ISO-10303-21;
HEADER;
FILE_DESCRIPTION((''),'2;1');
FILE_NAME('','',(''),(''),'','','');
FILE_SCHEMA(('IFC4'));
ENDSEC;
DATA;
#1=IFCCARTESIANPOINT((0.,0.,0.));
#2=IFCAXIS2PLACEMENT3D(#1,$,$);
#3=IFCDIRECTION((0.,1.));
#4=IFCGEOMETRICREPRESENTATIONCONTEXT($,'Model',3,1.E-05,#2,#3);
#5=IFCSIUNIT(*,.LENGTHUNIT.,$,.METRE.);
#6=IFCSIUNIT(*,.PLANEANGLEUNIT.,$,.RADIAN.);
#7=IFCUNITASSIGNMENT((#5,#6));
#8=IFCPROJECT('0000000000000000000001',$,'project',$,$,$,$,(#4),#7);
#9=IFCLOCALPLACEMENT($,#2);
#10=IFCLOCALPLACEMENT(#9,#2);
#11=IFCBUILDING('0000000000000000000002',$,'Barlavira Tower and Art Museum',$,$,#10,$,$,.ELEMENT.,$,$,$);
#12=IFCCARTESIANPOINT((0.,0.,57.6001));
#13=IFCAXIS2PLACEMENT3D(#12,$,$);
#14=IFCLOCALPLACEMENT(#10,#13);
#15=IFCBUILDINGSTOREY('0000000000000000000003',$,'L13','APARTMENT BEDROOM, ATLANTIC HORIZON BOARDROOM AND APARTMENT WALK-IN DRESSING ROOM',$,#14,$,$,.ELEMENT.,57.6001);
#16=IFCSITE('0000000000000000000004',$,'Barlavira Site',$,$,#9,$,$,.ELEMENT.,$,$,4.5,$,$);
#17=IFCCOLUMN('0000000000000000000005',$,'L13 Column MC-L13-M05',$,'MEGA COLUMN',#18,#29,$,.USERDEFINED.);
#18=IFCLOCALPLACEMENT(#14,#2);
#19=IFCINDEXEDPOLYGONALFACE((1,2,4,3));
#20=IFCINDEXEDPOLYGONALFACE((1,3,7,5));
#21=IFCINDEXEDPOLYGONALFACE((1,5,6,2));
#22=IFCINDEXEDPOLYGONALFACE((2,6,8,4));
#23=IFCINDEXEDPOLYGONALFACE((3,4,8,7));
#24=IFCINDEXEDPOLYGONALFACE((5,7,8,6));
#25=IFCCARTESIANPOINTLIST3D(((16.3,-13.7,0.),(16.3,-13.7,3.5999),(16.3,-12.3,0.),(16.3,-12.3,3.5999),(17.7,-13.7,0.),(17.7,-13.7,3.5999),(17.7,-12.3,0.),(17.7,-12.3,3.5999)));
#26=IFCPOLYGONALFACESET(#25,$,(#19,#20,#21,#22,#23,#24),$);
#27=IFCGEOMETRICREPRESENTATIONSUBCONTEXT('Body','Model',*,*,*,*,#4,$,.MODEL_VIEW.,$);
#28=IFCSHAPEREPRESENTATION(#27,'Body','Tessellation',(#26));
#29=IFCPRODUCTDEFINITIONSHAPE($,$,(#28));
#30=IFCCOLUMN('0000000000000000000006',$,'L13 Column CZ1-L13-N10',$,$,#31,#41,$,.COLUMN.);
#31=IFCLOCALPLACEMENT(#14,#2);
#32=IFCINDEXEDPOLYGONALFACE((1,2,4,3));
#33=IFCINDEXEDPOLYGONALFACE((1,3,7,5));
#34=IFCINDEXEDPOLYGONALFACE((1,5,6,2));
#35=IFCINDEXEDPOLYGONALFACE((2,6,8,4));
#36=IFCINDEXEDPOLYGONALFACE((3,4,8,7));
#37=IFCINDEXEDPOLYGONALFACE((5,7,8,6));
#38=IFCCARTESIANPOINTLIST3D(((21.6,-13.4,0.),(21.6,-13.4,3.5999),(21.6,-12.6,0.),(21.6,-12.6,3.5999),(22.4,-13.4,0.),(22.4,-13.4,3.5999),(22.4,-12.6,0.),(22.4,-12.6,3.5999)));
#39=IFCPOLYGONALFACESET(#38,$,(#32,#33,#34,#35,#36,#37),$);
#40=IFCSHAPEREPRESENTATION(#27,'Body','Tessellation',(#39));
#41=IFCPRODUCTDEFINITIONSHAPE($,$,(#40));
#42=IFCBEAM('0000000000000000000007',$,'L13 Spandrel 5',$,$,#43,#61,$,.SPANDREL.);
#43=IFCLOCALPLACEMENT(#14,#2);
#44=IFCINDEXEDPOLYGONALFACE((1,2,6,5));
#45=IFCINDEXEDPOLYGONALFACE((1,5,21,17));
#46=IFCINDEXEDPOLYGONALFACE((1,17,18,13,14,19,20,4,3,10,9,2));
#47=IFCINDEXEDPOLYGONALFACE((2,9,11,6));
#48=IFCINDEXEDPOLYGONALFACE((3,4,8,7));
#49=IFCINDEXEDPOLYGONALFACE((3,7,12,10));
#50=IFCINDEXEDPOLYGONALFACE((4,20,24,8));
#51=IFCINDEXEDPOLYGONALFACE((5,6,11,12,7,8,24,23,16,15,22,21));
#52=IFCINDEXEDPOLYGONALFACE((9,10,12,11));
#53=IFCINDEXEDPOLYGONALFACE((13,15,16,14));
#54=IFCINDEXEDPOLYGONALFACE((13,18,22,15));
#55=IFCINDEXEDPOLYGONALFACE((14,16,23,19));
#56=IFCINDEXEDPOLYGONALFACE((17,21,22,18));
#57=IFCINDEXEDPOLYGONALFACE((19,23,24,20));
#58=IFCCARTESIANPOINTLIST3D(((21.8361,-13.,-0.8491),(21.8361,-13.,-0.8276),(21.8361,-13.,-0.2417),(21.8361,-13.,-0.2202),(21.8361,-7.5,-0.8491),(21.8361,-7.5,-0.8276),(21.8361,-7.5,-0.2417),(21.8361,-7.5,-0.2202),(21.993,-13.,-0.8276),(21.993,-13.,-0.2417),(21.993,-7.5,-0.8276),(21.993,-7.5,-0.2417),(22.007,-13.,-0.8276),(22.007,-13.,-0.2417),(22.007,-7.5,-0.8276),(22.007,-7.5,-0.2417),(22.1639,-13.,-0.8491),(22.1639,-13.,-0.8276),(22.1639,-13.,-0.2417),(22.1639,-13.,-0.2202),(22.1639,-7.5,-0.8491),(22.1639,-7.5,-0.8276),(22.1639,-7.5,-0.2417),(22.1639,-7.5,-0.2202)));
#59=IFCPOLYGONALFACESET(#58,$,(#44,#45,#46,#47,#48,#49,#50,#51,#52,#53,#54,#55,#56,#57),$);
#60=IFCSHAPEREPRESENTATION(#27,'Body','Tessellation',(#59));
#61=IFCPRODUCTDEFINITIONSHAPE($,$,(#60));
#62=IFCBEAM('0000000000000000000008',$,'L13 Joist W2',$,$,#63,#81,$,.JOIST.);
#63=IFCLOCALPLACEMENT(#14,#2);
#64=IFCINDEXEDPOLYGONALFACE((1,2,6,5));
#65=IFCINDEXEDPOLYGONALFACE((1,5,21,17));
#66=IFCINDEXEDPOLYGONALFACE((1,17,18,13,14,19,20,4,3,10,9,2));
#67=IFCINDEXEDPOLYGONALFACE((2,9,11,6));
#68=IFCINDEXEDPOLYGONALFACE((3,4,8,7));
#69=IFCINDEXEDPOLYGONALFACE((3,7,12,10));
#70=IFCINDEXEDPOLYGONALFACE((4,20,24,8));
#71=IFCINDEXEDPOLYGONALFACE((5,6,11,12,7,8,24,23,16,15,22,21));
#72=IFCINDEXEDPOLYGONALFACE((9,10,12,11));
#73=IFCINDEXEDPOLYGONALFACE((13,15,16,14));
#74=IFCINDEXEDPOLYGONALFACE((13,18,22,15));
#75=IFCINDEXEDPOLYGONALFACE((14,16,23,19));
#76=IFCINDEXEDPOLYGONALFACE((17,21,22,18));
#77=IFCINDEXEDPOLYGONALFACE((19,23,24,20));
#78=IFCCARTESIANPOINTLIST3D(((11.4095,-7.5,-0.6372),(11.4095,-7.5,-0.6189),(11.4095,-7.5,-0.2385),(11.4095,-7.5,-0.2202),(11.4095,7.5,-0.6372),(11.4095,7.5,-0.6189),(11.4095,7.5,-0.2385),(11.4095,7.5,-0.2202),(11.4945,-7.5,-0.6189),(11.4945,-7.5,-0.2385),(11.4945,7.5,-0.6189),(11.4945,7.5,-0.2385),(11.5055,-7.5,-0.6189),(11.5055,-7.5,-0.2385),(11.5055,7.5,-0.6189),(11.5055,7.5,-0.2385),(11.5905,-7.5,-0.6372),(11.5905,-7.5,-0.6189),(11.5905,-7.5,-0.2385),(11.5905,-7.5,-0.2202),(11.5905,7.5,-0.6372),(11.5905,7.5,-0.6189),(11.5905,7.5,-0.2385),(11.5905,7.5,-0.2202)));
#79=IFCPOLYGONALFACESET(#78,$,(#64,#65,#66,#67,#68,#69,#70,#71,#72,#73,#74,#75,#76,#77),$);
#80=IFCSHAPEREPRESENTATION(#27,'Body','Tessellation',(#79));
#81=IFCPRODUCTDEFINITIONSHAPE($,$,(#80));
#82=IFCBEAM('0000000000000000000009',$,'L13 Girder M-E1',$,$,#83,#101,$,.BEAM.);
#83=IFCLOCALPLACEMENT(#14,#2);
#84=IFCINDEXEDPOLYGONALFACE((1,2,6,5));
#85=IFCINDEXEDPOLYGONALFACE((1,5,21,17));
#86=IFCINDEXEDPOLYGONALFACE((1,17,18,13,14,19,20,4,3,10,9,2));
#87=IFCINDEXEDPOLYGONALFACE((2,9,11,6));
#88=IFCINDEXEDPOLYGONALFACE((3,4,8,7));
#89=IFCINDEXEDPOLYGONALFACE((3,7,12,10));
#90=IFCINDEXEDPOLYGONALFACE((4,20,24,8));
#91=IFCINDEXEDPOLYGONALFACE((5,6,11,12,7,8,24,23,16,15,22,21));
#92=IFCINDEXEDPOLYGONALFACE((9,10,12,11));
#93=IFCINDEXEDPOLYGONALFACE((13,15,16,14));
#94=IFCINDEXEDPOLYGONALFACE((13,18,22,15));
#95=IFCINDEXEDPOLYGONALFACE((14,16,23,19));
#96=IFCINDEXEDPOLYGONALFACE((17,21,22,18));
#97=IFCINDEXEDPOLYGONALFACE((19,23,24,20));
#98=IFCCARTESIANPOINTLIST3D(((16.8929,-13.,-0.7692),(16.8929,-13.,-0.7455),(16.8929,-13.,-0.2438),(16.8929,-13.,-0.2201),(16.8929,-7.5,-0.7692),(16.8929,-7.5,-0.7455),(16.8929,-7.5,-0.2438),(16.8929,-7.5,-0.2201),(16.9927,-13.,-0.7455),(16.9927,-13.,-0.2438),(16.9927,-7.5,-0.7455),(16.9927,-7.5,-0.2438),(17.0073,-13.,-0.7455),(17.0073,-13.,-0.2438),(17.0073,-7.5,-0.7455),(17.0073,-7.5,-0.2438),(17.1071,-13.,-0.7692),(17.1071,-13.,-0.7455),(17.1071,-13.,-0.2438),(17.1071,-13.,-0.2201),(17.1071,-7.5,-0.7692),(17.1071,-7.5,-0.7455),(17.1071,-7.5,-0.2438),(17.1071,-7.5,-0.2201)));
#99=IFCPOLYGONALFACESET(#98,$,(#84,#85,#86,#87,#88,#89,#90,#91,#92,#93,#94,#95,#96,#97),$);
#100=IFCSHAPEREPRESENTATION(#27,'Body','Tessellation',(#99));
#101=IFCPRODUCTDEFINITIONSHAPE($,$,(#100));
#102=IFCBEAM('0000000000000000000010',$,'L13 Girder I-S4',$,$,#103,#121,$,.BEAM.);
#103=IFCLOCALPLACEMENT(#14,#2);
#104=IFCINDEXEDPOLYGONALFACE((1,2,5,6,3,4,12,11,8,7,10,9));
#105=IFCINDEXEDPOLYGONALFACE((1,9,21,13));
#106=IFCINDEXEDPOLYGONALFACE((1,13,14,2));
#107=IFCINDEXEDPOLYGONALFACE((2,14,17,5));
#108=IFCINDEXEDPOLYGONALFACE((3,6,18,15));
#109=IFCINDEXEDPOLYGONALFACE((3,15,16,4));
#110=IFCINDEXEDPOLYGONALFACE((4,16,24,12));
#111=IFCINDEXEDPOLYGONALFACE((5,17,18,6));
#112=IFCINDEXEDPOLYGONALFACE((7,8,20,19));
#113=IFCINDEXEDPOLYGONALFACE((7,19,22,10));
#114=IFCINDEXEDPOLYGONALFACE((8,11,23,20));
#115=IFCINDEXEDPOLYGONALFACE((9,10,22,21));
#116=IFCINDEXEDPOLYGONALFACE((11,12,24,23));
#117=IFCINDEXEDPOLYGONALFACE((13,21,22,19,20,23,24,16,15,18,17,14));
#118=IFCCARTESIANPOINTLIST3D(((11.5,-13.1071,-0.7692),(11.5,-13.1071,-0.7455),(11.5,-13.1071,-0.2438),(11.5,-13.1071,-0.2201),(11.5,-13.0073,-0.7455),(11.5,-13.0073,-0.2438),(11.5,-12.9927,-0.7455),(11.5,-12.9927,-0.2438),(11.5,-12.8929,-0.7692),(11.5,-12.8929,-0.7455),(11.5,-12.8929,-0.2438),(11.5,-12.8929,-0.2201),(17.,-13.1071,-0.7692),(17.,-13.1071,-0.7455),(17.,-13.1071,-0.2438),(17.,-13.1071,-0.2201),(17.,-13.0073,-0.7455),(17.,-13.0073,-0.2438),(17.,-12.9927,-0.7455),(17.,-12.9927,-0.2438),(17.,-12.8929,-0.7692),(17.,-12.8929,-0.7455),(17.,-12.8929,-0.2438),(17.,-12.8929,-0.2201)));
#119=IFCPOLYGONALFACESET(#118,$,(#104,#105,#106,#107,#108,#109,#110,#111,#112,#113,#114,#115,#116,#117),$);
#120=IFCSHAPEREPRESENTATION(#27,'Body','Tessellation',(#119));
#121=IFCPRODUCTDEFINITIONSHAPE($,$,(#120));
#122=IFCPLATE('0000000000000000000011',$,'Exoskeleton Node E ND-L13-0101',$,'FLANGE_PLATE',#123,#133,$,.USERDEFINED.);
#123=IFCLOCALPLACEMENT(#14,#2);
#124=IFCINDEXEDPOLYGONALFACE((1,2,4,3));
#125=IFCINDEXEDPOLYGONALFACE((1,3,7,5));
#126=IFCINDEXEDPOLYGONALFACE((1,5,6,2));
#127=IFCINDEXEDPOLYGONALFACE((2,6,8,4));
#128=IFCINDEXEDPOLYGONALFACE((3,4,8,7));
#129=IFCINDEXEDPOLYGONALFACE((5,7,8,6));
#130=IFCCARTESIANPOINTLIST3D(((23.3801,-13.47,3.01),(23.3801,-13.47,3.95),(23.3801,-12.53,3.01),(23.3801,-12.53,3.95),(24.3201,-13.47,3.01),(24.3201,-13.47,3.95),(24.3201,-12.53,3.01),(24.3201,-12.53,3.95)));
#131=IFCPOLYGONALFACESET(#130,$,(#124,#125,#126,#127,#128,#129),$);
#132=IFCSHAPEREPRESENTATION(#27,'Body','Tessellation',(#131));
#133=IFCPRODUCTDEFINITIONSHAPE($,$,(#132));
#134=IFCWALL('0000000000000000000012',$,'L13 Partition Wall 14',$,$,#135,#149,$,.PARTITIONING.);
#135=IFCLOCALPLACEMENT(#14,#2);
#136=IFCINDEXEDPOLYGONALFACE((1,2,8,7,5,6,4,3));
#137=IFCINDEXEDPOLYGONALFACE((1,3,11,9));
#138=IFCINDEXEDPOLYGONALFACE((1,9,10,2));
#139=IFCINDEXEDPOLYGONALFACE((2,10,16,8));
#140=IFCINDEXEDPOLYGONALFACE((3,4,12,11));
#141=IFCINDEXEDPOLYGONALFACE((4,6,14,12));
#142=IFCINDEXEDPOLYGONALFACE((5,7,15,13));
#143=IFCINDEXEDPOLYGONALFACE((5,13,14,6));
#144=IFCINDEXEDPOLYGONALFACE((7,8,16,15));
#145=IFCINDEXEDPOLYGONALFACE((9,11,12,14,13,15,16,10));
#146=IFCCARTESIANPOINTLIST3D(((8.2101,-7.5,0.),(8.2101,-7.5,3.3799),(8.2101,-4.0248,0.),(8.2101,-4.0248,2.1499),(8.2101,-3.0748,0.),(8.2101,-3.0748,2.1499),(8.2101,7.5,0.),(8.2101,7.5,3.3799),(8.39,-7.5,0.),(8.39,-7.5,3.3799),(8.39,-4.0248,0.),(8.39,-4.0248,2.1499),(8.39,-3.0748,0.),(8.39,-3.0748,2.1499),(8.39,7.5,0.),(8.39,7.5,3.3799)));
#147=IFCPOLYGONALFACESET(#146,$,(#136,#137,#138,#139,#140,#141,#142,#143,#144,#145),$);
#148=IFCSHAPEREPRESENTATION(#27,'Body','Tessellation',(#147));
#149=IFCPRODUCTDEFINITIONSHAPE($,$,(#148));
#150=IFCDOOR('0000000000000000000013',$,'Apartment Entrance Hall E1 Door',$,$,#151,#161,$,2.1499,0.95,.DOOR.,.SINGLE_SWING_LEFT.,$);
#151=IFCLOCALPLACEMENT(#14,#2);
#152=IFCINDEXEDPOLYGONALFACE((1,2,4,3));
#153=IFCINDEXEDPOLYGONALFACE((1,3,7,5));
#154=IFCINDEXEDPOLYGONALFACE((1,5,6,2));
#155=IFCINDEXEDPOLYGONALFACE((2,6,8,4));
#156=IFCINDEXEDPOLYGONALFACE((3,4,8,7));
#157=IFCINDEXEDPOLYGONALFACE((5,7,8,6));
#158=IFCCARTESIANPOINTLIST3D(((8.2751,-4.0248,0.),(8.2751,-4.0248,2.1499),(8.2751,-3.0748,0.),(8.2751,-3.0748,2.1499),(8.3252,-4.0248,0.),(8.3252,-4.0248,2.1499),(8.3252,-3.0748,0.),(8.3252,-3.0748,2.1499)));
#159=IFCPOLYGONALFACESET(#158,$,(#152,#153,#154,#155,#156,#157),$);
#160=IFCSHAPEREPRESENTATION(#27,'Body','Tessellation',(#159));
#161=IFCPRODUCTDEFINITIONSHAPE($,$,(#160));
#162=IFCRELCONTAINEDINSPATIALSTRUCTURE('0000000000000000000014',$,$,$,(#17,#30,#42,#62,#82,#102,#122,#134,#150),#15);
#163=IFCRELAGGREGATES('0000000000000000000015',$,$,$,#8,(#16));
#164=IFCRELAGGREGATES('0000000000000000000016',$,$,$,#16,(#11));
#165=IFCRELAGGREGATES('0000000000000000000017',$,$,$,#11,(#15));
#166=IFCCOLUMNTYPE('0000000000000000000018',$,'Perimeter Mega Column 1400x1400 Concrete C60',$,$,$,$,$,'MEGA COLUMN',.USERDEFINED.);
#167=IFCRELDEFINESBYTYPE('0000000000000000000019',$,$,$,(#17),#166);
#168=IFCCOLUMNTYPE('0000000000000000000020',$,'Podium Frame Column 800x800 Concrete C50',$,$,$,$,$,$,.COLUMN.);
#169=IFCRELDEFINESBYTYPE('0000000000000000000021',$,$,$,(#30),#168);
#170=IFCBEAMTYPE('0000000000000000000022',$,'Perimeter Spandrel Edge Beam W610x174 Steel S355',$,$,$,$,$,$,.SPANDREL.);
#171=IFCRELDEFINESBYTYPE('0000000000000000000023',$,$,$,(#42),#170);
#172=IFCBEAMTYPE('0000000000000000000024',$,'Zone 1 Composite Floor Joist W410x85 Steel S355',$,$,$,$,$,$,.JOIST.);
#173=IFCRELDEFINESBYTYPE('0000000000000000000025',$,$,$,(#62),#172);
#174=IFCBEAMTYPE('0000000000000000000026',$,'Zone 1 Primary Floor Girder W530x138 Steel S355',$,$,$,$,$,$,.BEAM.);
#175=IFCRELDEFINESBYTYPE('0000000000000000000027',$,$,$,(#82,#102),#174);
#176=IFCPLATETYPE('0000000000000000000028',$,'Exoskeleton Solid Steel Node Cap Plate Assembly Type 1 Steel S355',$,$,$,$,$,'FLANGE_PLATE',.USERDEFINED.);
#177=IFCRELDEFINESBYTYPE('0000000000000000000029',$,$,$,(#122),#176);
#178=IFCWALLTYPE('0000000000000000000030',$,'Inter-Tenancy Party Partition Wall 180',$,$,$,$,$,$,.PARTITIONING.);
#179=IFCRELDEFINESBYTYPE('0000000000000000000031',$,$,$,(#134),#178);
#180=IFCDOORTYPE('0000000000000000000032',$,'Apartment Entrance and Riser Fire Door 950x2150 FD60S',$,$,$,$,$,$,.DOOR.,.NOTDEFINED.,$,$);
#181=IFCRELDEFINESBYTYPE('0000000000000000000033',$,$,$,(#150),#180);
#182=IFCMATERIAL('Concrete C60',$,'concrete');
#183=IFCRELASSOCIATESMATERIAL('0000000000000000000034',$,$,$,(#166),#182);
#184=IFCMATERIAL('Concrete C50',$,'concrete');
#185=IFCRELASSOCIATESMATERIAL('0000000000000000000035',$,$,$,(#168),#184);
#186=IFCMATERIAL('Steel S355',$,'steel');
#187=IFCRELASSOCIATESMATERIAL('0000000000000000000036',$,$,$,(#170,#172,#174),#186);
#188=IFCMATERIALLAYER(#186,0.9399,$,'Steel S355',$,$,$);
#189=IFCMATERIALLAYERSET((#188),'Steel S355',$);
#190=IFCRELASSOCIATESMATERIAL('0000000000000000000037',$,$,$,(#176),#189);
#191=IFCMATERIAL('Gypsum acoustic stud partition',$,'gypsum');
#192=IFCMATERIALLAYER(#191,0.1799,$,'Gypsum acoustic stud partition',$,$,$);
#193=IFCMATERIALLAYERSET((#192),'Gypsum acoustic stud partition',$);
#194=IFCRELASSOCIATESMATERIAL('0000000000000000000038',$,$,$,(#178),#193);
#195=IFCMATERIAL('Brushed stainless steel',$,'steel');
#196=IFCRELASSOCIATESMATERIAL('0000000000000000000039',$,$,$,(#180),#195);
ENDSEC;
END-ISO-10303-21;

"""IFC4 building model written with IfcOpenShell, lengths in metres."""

from ifc_helpers import new_model, si_unit, direction, frame, frame_2d, origin, origin_2d, place, context, subcontext, project, spatial, rectangle, i_section, extrude, material, layer, layer_set, material_profile, profile_set, type_object, element, fill, save


model = new_model("IFC4")

# Units and contexts
model_context = context("Model", 3, precision=1e-05, world=origin(), true_north=direction((0.0, 1.0)))
body_context = subcontext(model_context, "Body", "Model", "MODEL_VIEW")
ifc_project = project(units=[si_unit("LENGTHUNIT", "METRE"), si_unit("PLANEANGLEUNIT", "RADIAN")], contexts=[model_context])

# Site, building, storey
site_placement = place(None, origin())
site = spatial("IfcSite", under=ifc_project, at=site_placement, Name="Barlavira Site", CompositionType="ELEMENT", RefElevation=4.5)
building_placement = place(site_placement, origin())
building = spatial("IfcBuilding", under=site, at=building_placement, Name="Barlavira Tower and Art Museum", CompositionType="ELEMENT")
storey_placement = place(building_placement, frame((0.0, 0.0, 57.6001)))
storey = spatial("IfcBuildingStorey", under=building, at=storey_placement, Name="L13", Description="APARTMENT BEDROOM, ATLANTIC HORIZON BOARDROOM AND APARTMENT WALK-IN DRESSING ROOM", CompositionType="ELEMENT", Elevation=57.6001)

# Columns
ifc_material_1 = material(Name="Concrete C60", Category="concrete")
ifc_material_profile_1 = material_profile(ifc_material_1, rectangle(XDim=1.3999, YDim=1.3999, at=origin_2d()), Name="RC-MCOL 1400x1400")
ifc_profile_set_1 = profile_set([ifc_material_profile_1], Name="Concrete C60")
column_type_1 = type_object("IfcColumnType", Name="Perimeter Mega Column 1400x1400 Concrete C60", ElementType="MEGA COLUMN", PredefinedType="USERDEFINED", material=ifc_profile_set_1)
column_1_placement = place(storey_placement, frame((17.0, -13.0, 0.0), z_axis=(0.0, 0.0, 1.0), x_axis=(1.0, 0.0, 0.0)))
element("IfcColumn", 1, at=column_1_placement, inside=storey, type_object=column_type_1, Name="L13 Column MC-L13-M05", ObjectType="MEGA COLUMN", PredefinedType="USERDEFINED", context=body_context, shape_type="SweptSolid", body=[
    extrude(rectangle(XDim=1.3999, YDim=1.3999, at=origin_2d()), origin(), (0.0, 0.0, 1.0), 3.5999),
])
ifc_material_2 = material(Name="Concrete C50", Category="concrete")
ifc_material_profile_2 = material_profile(ifc_material_2, rectangle(XDim=0.8, YDim=0.8, at=origin_2d()), Name="RC-COL 800x800")
ifc_profile_set_2 = profile_set([ifc_material_profile_2], Name="Concrete C50")
column_type_2 = type_object("IfcColumnType", Name="Podium Frame Column 800x800 Concrete C50", PredefinedType="COLUMN", material=ifc_profile_set_2)
column_2_placement = place(storey_placement, frame((22.0, -13.0, 0.0), z_axis=(0.0, 0.0, 1.0), x_axis=(1.0, 0.0, 0.0)))
element("IfcColumn", 2, at=column_2_placement, inside=storey, type_object=column_type_2, Name="L13 Column CZ1-L13-N10", PredefinedType="COLUMN", context=body_context, shape_type="SweptSolid", body=[
    extrude(rectangle(XDim=0.8, YDim=0.8, at=origin_2d()), origin(), (0.0, 0.0, 1.0), 3.5999),
])

# Beams
ifc_material_3 = material(Name="Steel S355", Category="steel")
ifc_material_profile_3 = material_profile(ifc_material_3, i_section(OverallWidth=0.3279, OverallDepth=0.6289, WebThickness=0.0139, FlangeThickness=0.0215, at=origin_2d()), Name="W610x174.0")
ifc_profile_set_3 = profile_set([ifc_material_profile_3], Name="Steel S355")
beam_type_1 = type_object("IfcBeamType", Name="Perimeter Spandrel Edge Beam W610x174 Steel S355", PredefinedType="SPANDREL", material=ifc_profile_set_3)
beam_1_placement = place(storey_placement, frame((22.0, -13.0, -0.5347), z_axis=(0.0, 1.0, 0.0), x_axis=(-1.0, 0.0, 0.0)))
element("IfcBeam", 3, at=beam_1_placement, inside=storey, type_object=beam_type_1, Name="L13 Spandrel 5", PredefinedType="SPANDREL", context=body_context, shape_type="SweptSolid", body=[
    extrude(i_section(OverallWidth=0.3279, OverallDepth=0.6289, WebThickness=0.0139, FlangeThickness=0.0215, at=origin_2d()), origin(), (0.0, 0.0, 1.0), 5.5),
])
ifc_material_profile_4 = material_profile(ifc_material_3, i_section(OverallWidth=0.1809, OverallDepth=0.417, WebThickness=0.011, FlangeThickness=0.0183, at=origin_2d()), Name="W410x85.0")
ifc_profile_set_4 = profile_set([ifc_material_profile_4], Name="Steel S355")
beam_type_2 = type_object("IfcBeamType", Name="Zone 1 Composite Floor Joist W410x85 Steel S355", PredefinedType="JOIST", material=ifc_profile_set_4)
beam_2_placement = place(storey_placement, frame((11.5, -7.5, -0.4287), z_axis=(0.0, 1.0, 0.0), x_axis=(-1.0, 0.0, 0.0)))
element("IfcBeam", 4, at=beam_2_placement, inside=storey, type_object=beam_type_2, Name="L13 Joist W2", PredefinedType="JOIST", context=body_context, shape_type="SweptSolid", body=[
    extrude(i_section(OverallWidth=0.1809, OverallDepth=0.417, WebThickness=0.011, FlangeThickness=0.0183, at=origin_2d()), origin(), (0.0, 0.0, 1.0), 15.0),
])
ifc_material_profile_5 = material_profile(ifc_material_3, i_section(OverallWidth=0.2141, OverallDepth=0.5491, WebThickness=0.0146, FlangeThickness=0.0237, at=origin_2d()), Name="W530x138.0")
ifc_profile_set_5 = profile_set([ifc_material_profile_5], Name="Steel S355")
beam_type_3 = type_object("IfcBeamType", Name="Zone 1 Primary Floor Girder W530x138 Steel S355", PredefinedType="BEAM", material=ifc_profile_set_5)
for number, where, z_axis, x_axis, name in (
    (5, (17.0, -13.0, -0.4946), (0.0, 1.0, 0.0), (-1.0, 0.0, 0.0), "L13 Girder M-E1"),
    (6, (11.5, -13.0, -0.4946), (1.0, 0.0, 0.0), (0.0, 1.0, 0.0), "L13 Girder I-S4"),
):
    element("IfcBeam", number, at=place(storey_placement, frame(where, z_axis=z_axis, x_axis=x_axis)), inside=storey, type_object=beam_type_3, Name=name, PredefinedType="BEAM", context=body_context, shape_type="SweptSolid", body=[
        extrude(i_section(OverallWidth=0.2141, OverallDepth=0.5491, WebThickness=0.0146, FlangeThickness=0.0237, at=origin_2d()), origin(), (0.0, 0.0, 1.0), 5.5),
    ])

# Plate
ifc_layer_1 = layer(ifc_material_3, 0.9399, Name="Steel S355")
ifc_layer_set_1 = layer_set([ifc_layer_1], Name="Steel S355")
plate_type = type_object("IfcPlateType", Name="Exoskeleton Solid Steel Node Cap Plate Assembly Type 1 Steel S355", ElementType="FLANGE_PLATE", PredefinedType="USERDEFINED", material=ifc_layer_set_1)
plate_placement = place(storey_placement, frame((23.8501, -13.0, 3.01), z_axis=(0.0, 0.0, 1.0), x_axis=(1.0, 0.0, 0.0)))
element("IfcPlate", 7, at=plate_placement, inside=storey, type_object=plate_type, Name="Exoskeleton Node E ND-L13-0101", ObjectType="FLANGE_PLATE", PredefinedType="USERDEFINED", context=body_context, shape_type="SweptSolid", body=[
    extrude(rectangle(XDim=0.9399, YDim=0.9399, at=origin_2d()), origin(), (0.0, 0.0, 1.0), 0.9399),
])

# Wall, opening, door
ifc_material_4 = material(Name="Gypsum acoustic stud partition", Category="gypsum")
ifc_layer_2 = layer(ifc_material_4, 0.1799, Name="Gypsum acoustic stud partition")
ifc_layer_set_2 = layer_set([ifc_layer_2], Name="Gypsum acoustic stud partition")
wall_type_1 = type_object("IfcWallType", Name="Inter-Tenancy Party Partition Wall 180", PredefinedType="PARTITIONING", material=ifc_layer_set_2)
wall_1_placement = place(storey_placement, frame((8.3, -7.5, 0.0), z_axis=(0.0, 0.0, 1.0), x_axis=(0.0, 1.0, 0.0)))
wall_1 = element("IfcWall", 8, at=wall_1_placement, inside=storey, type_object=wall_type_1, Name="L13 Partition Wall 14", PredefinedType="PARTITIONING", context=body_context, shape_type="SweptSolid", body=[
    extrude(rectangle(XDim=15.0, YDim=0.1799, at=frame_2d((7.5, 0.0))), origin(), (0.0, 0.0, 1.0), 3.3799),
])
opening_1_placement = place(wall_1_placement, frame((3.4751, 0.0, 0.0)))
opening_1 = element("IfcOpeningElement", 9, at=opening_1_placement, cuts=wall_1, PredefinedType="OPENING", context=body_context, shape_type="SweptSolid", body=[
    extrude(rectangle(XDim=0.95, YDim=2.1499, at=frame_2d((0.4751, 1.075))), frame((0.0, 0.1001, 0.0), z_axis=(0.0, -1.0, 0.0), x_axis=(1.0, 0.0, 0.0)), (0.0, 0.0, 1.0), 0.2),
])
ifc_material_5 = material(Name="Brushed stainless steel", Category="steel")
door_type = type_object("IfcDoorType", Name="Apartment Entrance and Riser Fire Door 950x2150 FD60S", OperationType="NOTDEFINED", PredefinedType="DOOR", material=ifc_material_5)
door_1_placement = place(opening_1_placement, origin())
door_1 = element("IfcDoor", 10, at=door_1_placement, inside=storey, type_object=door_type, Name="Apartment Entrance Hall E1 Door", OperationType="SINGLE_SWING_LEFT", OverallHeight=2.1499, OverallWidth=0.95, PredefinedType="DOOR", context=body_context, shape_type="SweptSolid", body=[
    extrude(rectangle(XDim=0.95, YDim=2.1499, at=frame_2d((0.4751, 1.075))), frame((0.0, 0.0249, 0.0), z_axis=(0.0, -1.0, 0.0), x_axis=(1.0, 0.0, 0.0)), (0.0, 0.0, 1.0), 0.05),
])
fill(opening_1, door_1)

save(model, "model.ifc")
